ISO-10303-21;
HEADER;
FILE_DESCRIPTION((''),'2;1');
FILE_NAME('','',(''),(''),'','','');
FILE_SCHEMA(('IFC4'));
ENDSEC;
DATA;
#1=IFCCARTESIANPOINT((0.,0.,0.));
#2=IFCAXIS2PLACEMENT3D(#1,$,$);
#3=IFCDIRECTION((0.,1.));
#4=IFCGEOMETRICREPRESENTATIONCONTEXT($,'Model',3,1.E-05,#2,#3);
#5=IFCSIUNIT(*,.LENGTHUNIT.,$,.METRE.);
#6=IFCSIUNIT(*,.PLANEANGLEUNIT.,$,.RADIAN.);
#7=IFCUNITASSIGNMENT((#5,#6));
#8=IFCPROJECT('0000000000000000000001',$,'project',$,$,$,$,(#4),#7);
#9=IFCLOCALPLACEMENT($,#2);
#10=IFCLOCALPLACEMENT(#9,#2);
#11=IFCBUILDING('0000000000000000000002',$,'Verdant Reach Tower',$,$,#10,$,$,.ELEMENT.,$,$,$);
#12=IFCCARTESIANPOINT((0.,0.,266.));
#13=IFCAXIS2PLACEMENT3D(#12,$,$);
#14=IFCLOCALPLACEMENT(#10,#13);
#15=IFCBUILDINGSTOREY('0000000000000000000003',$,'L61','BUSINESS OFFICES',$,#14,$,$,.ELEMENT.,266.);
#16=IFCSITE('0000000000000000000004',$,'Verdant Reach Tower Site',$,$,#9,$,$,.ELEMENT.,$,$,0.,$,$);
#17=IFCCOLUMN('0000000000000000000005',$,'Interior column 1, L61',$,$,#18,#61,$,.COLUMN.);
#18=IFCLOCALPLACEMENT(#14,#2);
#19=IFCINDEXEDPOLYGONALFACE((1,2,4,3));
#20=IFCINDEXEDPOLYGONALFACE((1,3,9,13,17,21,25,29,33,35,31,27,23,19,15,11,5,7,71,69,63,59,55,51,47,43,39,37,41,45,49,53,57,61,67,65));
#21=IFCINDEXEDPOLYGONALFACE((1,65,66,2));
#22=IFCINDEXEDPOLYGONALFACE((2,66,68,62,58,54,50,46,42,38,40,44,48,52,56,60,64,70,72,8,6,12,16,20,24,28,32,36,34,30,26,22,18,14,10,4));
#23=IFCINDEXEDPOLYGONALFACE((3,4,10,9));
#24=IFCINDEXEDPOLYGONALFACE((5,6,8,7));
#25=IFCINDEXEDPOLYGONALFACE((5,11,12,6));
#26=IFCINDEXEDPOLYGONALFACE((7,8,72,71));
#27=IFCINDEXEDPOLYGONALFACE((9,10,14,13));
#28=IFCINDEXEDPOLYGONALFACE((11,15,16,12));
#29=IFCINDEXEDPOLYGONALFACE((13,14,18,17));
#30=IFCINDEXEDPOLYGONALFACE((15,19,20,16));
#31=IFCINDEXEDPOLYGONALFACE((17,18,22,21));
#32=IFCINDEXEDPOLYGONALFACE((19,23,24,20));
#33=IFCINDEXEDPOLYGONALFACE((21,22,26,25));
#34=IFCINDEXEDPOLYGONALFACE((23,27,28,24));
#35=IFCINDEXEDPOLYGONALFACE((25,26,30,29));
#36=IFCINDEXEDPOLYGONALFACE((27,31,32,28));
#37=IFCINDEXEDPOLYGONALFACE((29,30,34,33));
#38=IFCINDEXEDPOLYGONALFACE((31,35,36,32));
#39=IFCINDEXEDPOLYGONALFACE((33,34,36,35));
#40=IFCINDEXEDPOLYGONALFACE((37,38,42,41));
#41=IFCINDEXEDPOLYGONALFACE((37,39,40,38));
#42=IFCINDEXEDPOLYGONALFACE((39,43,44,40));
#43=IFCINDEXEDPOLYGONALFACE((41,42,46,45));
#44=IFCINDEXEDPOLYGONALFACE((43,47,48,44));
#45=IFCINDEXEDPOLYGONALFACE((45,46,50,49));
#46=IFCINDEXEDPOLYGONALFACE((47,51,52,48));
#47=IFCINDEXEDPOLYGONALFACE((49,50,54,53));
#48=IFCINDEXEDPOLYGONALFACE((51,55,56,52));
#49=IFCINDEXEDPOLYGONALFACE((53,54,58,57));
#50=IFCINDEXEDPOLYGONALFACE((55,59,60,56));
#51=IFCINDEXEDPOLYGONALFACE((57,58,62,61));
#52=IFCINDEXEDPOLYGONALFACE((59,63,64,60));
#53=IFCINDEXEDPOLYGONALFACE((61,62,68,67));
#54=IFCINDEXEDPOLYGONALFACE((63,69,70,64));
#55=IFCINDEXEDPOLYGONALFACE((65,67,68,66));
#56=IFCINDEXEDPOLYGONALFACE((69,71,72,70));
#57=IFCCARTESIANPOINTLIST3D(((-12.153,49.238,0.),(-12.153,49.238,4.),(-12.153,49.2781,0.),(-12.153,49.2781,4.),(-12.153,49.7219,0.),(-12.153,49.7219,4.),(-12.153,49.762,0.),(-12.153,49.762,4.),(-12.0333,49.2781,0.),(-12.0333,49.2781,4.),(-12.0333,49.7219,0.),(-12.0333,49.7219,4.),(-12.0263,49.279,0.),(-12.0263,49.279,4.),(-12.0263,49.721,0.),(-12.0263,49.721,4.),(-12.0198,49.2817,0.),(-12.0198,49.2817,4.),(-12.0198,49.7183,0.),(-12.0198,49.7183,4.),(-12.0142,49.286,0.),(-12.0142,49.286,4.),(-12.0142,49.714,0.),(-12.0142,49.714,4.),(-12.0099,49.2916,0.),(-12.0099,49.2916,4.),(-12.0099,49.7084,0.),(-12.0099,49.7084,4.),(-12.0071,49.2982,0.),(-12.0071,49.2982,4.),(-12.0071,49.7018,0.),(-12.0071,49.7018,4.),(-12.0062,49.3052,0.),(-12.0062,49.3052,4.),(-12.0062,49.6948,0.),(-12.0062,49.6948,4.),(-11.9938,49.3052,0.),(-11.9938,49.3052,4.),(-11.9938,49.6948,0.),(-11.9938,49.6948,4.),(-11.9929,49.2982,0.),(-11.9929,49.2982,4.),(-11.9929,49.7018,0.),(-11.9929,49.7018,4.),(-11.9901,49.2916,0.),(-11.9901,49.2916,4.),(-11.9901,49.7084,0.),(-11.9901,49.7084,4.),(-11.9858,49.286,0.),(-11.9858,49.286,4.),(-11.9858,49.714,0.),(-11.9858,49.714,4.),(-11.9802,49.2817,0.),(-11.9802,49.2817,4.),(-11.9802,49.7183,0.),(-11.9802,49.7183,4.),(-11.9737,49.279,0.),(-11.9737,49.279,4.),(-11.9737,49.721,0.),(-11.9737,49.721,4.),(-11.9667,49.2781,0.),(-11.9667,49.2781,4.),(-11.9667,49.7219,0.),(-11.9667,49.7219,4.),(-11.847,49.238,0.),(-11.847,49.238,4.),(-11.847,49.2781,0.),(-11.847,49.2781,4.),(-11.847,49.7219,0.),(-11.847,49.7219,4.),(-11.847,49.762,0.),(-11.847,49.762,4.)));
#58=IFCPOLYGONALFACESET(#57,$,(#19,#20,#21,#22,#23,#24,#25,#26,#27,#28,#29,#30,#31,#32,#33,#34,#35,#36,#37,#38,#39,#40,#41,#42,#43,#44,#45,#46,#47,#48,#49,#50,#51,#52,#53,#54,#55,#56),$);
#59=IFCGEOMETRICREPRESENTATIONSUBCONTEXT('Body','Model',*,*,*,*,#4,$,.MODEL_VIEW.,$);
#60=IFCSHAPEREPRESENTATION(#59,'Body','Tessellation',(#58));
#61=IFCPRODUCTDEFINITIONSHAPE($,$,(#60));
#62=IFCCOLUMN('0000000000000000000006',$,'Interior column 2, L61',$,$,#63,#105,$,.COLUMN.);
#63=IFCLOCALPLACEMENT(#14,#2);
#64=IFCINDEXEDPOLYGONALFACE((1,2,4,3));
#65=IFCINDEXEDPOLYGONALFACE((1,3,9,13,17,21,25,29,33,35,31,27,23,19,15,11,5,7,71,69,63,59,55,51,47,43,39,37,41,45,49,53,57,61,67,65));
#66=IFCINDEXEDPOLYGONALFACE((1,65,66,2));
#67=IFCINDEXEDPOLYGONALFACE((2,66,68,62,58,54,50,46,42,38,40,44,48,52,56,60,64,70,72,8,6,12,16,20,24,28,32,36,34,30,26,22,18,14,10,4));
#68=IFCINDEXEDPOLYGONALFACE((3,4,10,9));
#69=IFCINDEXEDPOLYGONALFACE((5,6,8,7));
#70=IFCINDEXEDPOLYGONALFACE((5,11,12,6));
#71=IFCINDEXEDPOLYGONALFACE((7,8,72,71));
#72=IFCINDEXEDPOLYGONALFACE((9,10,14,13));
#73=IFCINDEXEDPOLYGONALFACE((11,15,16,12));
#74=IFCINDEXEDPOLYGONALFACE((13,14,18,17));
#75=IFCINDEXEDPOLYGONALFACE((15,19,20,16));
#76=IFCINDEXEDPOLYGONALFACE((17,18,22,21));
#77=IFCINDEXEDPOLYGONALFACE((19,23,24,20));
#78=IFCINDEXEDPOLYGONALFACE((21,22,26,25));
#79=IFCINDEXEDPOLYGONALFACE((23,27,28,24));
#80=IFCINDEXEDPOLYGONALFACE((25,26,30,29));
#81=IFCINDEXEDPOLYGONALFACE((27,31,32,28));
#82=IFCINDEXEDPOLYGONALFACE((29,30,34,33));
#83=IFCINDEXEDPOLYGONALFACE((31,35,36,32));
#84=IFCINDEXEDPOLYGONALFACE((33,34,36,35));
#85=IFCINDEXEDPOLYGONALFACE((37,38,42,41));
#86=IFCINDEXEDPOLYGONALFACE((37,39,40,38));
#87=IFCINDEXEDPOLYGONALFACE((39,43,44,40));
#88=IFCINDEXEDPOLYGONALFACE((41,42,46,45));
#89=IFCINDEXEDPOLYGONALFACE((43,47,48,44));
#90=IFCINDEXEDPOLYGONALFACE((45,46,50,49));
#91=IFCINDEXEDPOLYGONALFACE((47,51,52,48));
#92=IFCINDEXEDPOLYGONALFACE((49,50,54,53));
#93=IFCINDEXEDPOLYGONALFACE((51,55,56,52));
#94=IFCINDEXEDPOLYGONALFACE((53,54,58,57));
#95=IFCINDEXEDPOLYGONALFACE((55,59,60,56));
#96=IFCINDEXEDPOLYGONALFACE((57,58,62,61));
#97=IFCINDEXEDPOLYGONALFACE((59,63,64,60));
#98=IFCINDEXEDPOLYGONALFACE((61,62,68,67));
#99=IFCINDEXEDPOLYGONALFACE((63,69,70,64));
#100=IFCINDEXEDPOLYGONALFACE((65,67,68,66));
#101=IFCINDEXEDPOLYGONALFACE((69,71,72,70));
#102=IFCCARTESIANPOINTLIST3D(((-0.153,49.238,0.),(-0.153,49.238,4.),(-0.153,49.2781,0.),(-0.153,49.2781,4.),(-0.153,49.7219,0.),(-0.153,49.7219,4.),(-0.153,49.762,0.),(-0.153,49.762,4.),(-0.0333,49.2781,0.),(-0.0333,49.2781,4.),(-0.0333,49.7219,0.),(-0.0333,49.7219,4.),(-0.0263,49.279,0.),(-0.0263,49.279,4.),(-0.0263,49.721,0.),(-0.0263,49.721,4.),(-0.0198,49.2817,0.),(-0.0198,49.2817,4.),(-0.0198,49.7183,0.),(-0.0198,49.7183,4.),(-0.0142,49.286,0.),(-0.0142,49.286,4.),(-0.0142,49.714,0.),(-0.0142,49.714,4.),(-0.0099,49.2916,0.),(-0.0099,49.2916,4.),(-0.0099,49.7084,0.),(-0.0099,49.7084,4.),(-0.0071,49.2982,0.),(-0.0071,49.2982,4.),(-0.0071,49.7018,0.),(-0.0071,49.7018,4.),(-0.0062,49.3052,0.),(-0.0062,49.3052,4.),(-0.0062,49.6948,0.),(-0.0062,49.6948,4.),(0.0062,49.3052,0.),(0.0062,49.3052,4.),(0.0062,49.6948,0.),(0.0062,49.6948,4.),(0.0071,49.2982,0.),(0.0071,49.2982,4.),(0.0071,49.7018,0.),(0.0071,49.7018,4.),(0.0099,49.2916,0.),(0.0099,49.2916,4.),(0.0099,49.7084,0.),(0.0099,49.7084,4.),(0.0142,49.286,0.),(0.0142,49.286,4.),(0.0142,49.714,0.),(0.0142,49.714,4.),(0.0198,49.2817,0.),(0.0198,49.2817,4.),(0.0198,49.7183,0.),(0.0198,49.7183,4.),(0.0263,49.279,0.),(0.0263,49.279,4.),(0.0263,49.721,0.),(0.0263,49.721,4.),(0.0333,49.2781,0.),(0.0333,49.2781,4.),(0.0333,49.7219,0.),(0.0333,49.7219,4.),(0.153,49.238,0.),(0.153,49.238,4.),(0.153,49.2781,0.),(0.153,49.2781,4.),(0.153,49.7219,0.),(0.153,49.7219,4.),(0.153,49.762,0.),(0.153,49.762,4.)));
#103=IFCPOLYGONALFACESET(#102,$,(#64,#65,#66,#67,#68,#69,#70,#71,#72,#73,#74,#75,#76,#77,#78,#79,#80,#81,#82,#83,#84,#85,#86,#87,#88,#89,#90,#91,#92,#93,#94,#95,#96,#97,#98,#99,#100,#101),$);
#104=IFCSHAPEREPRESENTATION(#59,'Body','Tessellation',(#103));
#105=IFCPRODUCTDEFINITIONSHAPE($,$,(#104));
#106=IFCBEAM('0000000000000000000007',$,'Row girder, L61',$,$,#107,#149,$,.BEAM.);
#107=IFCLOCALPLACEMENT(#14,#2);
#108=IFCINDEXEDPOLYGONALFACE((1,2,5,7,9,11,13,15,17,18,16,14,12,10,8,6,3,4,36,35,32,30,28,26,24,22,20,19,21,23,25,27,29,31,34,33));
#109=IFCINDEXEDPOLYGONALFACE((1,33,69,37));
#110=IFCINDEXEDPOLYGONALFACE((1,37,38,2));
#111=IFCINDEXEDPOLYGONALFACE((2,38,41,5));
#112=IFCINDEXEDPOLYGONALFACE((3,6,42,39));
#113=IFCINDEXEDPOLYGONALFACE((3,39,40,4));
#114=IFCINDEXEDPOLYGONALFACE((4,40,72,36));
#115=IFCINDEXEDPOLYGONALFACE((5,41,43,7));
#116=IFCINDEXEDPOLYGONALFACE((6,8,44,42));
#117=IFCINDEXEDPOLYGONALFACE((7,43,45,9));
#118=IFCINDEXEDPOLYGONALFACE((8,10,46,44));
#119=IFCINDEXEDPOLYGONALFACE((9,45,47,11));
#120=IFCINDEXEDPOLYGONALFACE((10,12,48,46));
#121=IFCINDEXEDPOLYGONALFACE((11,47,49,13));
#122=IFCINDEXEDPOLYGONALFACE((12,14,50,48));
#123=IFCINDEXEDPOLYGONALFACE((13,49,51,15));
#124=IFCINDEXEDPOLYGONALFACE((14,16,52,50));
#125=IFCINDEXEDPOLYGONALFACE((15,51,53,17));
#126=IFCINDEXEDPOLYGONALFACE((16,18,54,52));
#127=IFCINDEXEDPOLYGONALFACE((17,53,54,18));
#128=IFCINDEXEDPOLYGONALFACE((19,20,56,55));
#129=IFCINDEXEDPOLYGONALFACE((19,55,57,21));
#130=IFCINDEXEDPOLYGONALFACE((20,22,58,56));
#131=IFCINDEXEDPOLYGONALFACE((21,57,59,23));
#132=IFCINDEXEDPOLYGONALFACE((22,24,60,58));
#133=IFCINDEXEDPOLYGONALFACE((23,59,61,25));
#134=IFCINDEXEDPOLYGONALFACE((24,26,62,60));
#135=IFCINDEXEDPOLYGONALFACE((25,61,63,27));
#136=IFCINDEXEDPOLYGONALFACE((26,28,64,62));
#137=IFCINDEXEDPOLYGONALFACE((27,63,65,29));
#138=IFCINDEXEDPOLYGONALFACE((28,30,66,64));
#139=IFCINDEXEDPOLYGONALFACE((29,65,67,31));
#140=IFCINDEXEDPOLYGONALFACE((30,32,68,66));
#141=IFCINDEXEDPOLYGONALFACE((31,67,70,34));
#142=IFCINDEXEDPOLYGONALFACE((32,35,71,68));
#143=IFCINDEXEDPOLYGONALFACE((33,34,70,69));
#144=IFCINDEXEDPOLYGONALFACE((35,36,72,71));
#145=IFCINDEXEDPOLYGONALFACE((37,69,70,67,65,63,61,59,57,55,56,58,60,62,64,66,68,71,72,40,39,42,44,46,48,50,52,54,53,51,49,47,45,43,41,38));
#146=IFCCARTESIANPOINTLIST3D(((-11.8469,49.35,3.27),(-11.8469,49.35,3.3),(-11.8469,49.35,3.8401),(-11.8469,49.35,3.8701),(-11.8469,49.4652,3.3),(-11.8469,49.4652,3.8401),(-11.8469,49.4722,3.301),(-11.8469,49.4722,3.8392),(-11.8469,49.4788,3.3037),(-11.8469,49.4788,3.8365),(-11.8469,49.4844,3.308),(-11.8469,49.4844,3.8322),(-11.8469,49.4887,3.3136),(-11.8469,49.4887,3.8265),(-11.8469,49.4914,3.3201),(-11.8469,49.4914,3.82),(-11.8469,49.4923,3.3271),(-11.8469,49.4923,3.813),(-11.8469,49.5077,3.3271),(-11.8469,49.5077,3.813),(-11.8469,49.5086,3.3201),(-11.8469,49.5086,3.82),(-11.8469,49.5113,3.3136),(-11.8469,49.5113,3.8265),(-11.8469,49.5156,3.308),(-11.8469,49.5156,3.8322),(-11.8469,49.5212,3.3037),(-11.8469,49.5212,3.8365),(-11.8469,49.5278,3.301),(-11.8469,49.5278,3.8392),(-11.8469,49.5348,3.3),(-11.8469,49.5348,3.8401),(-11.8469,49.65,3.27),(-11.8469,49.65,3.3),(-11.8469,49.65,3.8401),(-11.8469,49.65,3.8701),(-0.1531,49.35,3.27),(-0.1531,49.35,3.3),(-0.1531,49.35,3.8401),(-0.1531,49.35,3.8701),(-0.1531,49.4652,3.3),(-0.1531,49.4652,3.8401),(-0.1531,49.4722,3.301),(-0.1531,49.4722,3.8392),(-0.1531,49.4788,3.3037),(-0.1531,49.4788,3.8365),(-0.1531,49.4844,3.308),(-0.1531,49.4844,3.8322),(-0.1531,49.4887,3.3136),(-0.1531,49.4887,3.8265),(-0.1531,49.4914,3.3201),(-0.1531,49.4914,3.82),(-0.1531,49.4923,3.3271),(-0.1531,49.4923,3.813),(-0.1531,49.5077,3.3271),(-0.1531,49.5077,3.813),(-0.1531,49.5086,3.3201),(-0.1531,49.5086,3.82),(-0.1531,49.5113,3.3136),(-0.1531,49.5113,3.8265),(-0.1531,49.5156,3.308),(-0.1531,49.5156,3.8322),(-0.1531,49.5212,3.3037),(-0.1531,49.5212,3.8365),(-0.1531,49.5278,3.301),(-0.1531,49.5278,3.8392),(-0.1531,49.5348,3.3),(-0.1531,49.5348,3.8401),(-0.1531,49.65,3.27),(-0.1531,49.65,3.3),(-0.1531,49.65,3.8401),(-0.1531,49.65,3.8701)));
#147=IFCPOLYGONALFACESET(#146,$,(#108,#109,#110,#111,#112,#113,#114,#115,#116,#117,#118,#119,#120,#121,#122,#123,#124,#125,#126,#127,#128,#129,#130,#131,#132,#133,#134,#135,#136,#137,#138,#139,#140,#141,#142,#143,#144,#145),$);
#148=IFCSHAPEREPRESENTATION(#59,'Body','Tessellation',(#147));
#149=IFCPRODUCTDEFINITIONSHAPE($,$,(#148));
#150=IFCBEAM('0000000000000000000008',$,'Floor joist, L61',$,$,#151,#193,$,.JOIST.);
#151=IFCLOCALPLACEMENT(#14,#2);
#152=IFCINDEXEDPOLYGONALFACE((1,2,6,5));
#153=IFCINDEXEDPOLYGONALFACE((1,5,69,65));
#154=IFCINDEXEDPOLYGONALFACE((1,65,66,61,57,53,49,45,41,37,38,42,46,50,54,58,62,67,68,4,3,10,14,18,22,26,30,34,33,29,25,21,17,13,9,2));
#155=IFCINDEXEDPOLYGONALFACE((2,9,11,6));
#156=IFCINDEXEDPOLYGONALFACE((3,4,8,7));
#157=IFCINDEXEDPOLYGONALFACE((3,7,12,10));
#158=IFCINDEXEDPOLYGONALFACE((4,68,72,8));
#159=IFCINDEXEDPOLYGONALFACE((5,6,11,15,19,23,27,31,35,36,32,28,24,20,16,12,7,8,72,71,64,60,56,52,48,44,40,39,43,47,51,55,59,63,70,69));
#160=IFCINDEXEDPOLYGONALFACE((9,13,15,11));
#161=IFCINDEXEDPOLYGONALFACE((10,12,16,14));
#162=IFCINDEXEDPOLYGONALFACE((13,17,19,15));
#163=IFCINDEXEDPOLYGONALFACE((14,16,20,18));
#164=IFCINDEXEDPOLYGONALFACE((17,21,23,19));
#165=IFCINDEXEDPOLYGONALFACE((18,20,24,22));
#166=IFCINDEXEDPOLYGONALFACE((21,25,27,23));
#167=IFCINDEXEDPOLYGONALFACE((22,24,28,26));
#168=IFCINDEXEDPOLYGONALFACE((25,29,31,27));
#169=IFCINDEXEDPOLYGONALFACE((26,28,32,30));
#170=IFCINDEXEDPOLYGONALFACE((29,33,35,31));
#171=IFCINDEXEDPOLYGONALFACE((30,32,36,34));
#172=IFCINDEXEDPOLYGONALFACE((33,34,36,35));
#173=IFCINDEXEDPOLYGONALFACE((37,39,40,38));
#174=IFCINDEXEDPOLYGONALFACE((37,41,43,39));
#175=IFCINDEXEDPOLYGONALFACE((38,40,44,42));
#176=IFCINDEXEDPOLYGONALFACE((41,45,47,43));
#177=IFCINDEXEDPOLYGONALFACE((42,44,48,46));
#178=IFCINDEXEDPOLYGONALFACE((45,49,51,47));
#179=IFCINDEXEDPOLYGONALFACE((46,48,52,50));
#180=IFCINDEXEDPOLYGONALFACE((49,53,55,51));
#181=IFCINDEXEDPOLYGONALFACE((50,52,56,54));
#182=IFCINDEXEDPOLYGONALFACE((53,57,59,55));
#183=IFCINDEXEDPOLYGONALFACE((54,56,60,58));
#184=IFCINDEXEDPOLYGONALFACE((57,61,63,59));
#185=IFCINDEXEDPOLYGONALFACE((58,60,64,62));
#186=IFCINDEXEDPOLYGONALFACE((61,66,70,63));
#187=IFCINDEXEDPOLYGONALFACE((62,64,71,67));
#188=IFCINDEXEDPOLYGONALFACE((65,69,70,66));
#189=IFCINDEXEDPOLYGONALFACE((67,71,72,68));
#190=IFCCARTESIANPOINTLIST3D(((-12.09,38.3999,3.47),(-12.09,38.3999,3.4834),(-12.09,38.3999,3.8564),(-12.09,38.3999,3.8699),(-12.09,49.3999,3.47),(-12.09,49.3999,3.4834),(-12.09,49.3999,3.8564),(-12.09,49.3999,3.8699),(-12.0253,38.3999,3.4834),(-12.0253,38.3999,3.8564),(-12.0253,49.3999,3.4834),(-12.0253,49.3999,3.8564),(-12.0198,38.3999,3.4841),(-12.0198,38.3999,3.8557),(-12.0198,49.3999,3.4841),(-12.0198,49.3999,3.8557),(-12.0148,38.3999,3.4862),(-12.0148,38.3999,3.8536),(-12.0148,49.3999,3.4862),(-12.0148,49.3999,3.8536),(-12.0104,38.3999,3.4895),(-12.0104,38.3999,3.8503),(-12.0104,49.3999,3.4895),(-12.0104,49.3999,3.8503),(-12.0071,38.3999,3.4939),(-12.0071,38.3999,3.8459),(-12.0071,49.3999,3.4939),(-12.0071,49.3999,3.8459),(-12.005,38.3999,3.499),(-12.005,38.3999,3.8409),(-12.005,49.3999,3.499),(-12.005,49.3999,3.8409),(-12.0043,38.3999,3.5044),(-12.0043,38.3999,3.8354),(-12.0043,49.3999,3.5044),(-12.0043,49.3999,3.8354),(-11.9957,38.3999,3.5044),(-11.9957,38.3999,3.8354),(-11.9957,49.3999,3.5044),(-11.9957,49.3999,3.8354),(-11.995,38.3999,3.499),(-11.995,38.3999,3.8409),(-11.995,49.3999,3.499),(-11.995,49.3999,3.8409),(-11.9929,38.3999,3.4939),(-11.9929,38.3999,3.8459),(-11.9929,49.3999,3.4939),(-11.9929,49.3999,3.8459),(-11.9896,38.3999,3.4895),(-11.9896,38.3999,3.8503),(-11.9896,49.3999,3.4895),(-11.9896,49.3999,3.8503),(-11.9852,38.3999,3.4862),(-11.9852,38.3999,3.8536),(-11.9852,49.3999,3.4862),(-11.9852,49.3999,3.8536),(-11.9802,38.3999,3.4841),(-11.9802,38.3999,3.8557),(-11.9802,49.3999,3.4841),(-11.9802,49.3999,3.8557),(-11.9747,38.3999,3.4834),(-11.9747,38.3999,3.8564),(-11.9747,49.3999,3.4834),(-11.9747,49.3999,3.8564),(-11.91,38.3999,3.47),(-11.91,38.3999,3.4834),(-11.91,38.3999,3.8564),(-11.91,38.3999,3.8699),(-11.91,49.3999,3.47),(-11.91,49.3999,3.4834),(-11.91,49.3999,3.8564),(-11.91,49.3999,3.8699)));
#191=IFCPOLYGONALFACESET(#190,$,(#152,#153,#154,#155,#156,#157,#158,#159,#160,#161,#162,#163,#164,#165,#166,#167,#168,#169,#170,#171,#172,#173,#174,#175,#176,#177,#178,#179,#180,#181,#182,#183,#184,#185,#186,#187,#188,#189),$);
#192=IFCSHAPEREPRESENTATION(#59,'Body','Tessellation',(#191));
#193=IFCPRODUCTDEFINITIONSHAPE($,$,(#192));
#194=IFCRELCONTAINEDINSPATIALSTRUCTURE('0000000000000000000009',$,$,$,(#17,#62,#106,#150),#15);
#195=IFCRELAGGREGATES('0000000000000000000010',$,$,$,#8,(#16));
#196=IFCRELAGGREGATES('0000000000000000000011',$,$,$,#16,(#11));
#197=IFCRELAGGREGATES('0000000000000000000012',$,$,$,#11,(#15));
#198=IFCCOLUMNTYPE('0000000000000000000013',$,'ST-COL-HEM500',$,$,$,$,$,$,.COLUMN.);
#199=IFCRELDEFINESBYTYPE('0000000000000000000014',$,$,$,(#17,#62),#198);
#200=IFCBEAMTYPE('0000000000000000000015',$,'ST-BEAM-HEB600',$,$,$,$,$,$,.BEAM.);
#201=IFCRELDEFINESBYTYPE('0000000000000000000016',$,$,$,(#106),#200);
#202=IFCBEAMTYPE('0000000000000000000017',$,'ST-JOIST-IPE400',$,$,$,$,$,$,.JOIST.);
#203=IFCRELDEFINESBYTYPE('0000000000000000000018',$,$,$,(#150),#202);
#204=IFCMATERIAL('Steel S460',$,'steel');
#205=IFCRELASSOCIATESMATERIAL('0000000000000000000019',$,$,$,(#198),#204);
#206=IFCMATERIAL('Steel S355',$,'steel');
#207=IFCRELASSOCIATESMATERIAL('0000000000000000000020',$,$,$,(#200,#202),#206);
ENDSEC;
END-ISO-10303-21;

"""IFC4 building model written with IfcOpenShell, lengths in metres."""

from ifc_helpers import new_model, si_unit, direction, frame, origin, origin_2d, place, context, subcontext, project, spatial, i_section, extrude, material, material_profile, profile_set, type_object, element, save


model = new_model("IFC4")

# Units and contexts
model_context = context("Model", 3, precision=1e-05, world=origin(), true_north=direction((0.0, 1.0)))
body_context = subcontext(model_context, "Body", "Model", "MODEL_VIEW")
ifc_project = project(units=[si_unit("LENGTHUNIT", "METRE"), si_unit("PLANEANGLEUNIT", "RADIAN")], contexts=[model_context])

# Site, building, storey
site_placement = place(None, origin())
site = spatial("IfcSite", under=ifc_project, at=site_placement, Name="Verdant Reach Tower Site", CompositionType="ELEMENT", RefElevation=0.0)
building_placement = place(site_placement, origin())
building = spatial("IfcBuilding", under=site, at=building_placement, Name="Verdant Reach Tower", CompositionType="ELEMENT")
storey_placement = place(building_placement, frame((0.0, 0.0, 266.0)))
storey = spatial("IfcBuildingStorey", under=building, at=storey_placement, Name="L61", Description="BUSINESS OFFICES", CompositionType="ELEMENT", Elevation=266.0)

# Columns
ifc_material_1 = material(Name="Steel S460", Category="steel")
ifc_material_profile_1 = material_profile(ifc_material_1, i_section(OverallWidth=0.3059, OverallDepth=0.5239, WebThickness=0.0125, FlangeThickness=0.04, FilletRadius=0.0271, at=origin_2d()), Name="HEM 500")
ifc_profile_set_1 = profile_set([ifc_material_profile_1], Name="Steel S460")
column_type = type_object("IfcColumnType", Name="ST-COL-HEM500", PredefinedType="COLUMN", material=ifc_profile_set_1)
for number, where, z_axis, x_axis, name in (
    (1, (-12.0, 49.5, 0.0), (0.0, 0.0, 1.0), (1.0, 0.0, 0.0), "Interior column 1, L61"),
    (2, (0.0, 49.5, 0.0), (0.0, 0.0, 1.0), (1.0, 0.0, 0.0), "Interior column 2, L61"),
):
    element("IfcColumn", number, at=place(storey_placement, frame(where, z_axis=z_axis, x_axis=x_axis)), inside=storey, type_object=column_type, Name=name, PredefinedType="COLUMN", context=body_context, shape_type="SweptSolid", body=[
        extrude(i_section(OverallWidth=0.3059, OverallDepth=0.5239, WebThickness=0.0125, FlangeThickness=0.04, FilletRadius=0.0271, at=origin_2d()), origin(), (0.0, 0.0, 1.0), 4.0),
    ])

# Beams
ifc_material_2 = material(Name="Steel S355", Category="steel")
ifc_material_profile_2 = material_profile(ifc_material_2, i_section(OverallWidth=0.3, OverallDepth=0.6001, WebThickness=0.0154, FlangeThickness=0.03, FilletRadius=0.0271, at=origin_2d()), Name="HEB 600")
ifc_profile_set_2 = profile_set([ifc_material_profile_2], Name="Steel S355")
beam_type_1 = type_object("IfcBeamType", Name="ST-BEAM-HEB600", PredefinedType="BEAM", material=ifc_profile_set_2)
beam_1_placement = place(storey_placement, frame((-11.8469, 49.5, 3.5701), z_axis=(1.0, 0.0, 0.0), x_axis=(0.0, 1.0, 0.0)))
element("IfcBeam", 3, at=beam_1_placement, inside=storey, type_object=beam_type_1, Name="Row girder, L61", PredefinedType="BEAM", context=body_context, shape_type="SweptSolid", body=[
    extrude(i_section(OverallWidth=0.3, OverallDepth=0.6001, WebThickness=0.0154, FlangeThickness=0.03, FilletRadius=0.0271, at=origin_2d()), origin(), (0.0, 0.0, 1.0), 11.6938),
])
ifc_material_profile_3 = material_profile(ifc_material_2, i_section(OverallWidth=0.1799, OverallDepth=0.3999, WebThickness=0.0085, FlangeThickness=0.0134, FilletRadius=0.021, at=origin_2d()), Name="IPE 400")
ifc_profile_set_3 = profile_set([ifc_material_profile_3], Name="Steel S355")
beam_type_2 = type_object("IfcBeamType", Name="ST-JOIST-IPE400", PredefinedType="JOIST", material=ifc_profile_set_3)
for number, where, z_axis, x_axis, name in (
    (4, (-12.0, 38.3999, 3.6699), (0.0, 1.0, 0.0), (-1.0, 0.0, 0.0), "Floor joist, L61"),
):
    element("IfcBeam", number, at=place(storey_placement, frame(where, z_axis=z_axis, x_axis=x_axis)), inside=storey, type_object=beam_type_2, Name=name, PredefinedType="JOIST", context=body_context, shape_type="SweptSolid", body=[
        extrude(i_section(OverallWidth=0.1799, OverallDepth=0.3999, WebThickness=0.0085, FlangeThickness=0.0134, FilletRadius=0.021, at=origin_2d()), origin(), (0.0, 0.0, 1.0), 11.0),
    ])

save(model, "model.ifc")
